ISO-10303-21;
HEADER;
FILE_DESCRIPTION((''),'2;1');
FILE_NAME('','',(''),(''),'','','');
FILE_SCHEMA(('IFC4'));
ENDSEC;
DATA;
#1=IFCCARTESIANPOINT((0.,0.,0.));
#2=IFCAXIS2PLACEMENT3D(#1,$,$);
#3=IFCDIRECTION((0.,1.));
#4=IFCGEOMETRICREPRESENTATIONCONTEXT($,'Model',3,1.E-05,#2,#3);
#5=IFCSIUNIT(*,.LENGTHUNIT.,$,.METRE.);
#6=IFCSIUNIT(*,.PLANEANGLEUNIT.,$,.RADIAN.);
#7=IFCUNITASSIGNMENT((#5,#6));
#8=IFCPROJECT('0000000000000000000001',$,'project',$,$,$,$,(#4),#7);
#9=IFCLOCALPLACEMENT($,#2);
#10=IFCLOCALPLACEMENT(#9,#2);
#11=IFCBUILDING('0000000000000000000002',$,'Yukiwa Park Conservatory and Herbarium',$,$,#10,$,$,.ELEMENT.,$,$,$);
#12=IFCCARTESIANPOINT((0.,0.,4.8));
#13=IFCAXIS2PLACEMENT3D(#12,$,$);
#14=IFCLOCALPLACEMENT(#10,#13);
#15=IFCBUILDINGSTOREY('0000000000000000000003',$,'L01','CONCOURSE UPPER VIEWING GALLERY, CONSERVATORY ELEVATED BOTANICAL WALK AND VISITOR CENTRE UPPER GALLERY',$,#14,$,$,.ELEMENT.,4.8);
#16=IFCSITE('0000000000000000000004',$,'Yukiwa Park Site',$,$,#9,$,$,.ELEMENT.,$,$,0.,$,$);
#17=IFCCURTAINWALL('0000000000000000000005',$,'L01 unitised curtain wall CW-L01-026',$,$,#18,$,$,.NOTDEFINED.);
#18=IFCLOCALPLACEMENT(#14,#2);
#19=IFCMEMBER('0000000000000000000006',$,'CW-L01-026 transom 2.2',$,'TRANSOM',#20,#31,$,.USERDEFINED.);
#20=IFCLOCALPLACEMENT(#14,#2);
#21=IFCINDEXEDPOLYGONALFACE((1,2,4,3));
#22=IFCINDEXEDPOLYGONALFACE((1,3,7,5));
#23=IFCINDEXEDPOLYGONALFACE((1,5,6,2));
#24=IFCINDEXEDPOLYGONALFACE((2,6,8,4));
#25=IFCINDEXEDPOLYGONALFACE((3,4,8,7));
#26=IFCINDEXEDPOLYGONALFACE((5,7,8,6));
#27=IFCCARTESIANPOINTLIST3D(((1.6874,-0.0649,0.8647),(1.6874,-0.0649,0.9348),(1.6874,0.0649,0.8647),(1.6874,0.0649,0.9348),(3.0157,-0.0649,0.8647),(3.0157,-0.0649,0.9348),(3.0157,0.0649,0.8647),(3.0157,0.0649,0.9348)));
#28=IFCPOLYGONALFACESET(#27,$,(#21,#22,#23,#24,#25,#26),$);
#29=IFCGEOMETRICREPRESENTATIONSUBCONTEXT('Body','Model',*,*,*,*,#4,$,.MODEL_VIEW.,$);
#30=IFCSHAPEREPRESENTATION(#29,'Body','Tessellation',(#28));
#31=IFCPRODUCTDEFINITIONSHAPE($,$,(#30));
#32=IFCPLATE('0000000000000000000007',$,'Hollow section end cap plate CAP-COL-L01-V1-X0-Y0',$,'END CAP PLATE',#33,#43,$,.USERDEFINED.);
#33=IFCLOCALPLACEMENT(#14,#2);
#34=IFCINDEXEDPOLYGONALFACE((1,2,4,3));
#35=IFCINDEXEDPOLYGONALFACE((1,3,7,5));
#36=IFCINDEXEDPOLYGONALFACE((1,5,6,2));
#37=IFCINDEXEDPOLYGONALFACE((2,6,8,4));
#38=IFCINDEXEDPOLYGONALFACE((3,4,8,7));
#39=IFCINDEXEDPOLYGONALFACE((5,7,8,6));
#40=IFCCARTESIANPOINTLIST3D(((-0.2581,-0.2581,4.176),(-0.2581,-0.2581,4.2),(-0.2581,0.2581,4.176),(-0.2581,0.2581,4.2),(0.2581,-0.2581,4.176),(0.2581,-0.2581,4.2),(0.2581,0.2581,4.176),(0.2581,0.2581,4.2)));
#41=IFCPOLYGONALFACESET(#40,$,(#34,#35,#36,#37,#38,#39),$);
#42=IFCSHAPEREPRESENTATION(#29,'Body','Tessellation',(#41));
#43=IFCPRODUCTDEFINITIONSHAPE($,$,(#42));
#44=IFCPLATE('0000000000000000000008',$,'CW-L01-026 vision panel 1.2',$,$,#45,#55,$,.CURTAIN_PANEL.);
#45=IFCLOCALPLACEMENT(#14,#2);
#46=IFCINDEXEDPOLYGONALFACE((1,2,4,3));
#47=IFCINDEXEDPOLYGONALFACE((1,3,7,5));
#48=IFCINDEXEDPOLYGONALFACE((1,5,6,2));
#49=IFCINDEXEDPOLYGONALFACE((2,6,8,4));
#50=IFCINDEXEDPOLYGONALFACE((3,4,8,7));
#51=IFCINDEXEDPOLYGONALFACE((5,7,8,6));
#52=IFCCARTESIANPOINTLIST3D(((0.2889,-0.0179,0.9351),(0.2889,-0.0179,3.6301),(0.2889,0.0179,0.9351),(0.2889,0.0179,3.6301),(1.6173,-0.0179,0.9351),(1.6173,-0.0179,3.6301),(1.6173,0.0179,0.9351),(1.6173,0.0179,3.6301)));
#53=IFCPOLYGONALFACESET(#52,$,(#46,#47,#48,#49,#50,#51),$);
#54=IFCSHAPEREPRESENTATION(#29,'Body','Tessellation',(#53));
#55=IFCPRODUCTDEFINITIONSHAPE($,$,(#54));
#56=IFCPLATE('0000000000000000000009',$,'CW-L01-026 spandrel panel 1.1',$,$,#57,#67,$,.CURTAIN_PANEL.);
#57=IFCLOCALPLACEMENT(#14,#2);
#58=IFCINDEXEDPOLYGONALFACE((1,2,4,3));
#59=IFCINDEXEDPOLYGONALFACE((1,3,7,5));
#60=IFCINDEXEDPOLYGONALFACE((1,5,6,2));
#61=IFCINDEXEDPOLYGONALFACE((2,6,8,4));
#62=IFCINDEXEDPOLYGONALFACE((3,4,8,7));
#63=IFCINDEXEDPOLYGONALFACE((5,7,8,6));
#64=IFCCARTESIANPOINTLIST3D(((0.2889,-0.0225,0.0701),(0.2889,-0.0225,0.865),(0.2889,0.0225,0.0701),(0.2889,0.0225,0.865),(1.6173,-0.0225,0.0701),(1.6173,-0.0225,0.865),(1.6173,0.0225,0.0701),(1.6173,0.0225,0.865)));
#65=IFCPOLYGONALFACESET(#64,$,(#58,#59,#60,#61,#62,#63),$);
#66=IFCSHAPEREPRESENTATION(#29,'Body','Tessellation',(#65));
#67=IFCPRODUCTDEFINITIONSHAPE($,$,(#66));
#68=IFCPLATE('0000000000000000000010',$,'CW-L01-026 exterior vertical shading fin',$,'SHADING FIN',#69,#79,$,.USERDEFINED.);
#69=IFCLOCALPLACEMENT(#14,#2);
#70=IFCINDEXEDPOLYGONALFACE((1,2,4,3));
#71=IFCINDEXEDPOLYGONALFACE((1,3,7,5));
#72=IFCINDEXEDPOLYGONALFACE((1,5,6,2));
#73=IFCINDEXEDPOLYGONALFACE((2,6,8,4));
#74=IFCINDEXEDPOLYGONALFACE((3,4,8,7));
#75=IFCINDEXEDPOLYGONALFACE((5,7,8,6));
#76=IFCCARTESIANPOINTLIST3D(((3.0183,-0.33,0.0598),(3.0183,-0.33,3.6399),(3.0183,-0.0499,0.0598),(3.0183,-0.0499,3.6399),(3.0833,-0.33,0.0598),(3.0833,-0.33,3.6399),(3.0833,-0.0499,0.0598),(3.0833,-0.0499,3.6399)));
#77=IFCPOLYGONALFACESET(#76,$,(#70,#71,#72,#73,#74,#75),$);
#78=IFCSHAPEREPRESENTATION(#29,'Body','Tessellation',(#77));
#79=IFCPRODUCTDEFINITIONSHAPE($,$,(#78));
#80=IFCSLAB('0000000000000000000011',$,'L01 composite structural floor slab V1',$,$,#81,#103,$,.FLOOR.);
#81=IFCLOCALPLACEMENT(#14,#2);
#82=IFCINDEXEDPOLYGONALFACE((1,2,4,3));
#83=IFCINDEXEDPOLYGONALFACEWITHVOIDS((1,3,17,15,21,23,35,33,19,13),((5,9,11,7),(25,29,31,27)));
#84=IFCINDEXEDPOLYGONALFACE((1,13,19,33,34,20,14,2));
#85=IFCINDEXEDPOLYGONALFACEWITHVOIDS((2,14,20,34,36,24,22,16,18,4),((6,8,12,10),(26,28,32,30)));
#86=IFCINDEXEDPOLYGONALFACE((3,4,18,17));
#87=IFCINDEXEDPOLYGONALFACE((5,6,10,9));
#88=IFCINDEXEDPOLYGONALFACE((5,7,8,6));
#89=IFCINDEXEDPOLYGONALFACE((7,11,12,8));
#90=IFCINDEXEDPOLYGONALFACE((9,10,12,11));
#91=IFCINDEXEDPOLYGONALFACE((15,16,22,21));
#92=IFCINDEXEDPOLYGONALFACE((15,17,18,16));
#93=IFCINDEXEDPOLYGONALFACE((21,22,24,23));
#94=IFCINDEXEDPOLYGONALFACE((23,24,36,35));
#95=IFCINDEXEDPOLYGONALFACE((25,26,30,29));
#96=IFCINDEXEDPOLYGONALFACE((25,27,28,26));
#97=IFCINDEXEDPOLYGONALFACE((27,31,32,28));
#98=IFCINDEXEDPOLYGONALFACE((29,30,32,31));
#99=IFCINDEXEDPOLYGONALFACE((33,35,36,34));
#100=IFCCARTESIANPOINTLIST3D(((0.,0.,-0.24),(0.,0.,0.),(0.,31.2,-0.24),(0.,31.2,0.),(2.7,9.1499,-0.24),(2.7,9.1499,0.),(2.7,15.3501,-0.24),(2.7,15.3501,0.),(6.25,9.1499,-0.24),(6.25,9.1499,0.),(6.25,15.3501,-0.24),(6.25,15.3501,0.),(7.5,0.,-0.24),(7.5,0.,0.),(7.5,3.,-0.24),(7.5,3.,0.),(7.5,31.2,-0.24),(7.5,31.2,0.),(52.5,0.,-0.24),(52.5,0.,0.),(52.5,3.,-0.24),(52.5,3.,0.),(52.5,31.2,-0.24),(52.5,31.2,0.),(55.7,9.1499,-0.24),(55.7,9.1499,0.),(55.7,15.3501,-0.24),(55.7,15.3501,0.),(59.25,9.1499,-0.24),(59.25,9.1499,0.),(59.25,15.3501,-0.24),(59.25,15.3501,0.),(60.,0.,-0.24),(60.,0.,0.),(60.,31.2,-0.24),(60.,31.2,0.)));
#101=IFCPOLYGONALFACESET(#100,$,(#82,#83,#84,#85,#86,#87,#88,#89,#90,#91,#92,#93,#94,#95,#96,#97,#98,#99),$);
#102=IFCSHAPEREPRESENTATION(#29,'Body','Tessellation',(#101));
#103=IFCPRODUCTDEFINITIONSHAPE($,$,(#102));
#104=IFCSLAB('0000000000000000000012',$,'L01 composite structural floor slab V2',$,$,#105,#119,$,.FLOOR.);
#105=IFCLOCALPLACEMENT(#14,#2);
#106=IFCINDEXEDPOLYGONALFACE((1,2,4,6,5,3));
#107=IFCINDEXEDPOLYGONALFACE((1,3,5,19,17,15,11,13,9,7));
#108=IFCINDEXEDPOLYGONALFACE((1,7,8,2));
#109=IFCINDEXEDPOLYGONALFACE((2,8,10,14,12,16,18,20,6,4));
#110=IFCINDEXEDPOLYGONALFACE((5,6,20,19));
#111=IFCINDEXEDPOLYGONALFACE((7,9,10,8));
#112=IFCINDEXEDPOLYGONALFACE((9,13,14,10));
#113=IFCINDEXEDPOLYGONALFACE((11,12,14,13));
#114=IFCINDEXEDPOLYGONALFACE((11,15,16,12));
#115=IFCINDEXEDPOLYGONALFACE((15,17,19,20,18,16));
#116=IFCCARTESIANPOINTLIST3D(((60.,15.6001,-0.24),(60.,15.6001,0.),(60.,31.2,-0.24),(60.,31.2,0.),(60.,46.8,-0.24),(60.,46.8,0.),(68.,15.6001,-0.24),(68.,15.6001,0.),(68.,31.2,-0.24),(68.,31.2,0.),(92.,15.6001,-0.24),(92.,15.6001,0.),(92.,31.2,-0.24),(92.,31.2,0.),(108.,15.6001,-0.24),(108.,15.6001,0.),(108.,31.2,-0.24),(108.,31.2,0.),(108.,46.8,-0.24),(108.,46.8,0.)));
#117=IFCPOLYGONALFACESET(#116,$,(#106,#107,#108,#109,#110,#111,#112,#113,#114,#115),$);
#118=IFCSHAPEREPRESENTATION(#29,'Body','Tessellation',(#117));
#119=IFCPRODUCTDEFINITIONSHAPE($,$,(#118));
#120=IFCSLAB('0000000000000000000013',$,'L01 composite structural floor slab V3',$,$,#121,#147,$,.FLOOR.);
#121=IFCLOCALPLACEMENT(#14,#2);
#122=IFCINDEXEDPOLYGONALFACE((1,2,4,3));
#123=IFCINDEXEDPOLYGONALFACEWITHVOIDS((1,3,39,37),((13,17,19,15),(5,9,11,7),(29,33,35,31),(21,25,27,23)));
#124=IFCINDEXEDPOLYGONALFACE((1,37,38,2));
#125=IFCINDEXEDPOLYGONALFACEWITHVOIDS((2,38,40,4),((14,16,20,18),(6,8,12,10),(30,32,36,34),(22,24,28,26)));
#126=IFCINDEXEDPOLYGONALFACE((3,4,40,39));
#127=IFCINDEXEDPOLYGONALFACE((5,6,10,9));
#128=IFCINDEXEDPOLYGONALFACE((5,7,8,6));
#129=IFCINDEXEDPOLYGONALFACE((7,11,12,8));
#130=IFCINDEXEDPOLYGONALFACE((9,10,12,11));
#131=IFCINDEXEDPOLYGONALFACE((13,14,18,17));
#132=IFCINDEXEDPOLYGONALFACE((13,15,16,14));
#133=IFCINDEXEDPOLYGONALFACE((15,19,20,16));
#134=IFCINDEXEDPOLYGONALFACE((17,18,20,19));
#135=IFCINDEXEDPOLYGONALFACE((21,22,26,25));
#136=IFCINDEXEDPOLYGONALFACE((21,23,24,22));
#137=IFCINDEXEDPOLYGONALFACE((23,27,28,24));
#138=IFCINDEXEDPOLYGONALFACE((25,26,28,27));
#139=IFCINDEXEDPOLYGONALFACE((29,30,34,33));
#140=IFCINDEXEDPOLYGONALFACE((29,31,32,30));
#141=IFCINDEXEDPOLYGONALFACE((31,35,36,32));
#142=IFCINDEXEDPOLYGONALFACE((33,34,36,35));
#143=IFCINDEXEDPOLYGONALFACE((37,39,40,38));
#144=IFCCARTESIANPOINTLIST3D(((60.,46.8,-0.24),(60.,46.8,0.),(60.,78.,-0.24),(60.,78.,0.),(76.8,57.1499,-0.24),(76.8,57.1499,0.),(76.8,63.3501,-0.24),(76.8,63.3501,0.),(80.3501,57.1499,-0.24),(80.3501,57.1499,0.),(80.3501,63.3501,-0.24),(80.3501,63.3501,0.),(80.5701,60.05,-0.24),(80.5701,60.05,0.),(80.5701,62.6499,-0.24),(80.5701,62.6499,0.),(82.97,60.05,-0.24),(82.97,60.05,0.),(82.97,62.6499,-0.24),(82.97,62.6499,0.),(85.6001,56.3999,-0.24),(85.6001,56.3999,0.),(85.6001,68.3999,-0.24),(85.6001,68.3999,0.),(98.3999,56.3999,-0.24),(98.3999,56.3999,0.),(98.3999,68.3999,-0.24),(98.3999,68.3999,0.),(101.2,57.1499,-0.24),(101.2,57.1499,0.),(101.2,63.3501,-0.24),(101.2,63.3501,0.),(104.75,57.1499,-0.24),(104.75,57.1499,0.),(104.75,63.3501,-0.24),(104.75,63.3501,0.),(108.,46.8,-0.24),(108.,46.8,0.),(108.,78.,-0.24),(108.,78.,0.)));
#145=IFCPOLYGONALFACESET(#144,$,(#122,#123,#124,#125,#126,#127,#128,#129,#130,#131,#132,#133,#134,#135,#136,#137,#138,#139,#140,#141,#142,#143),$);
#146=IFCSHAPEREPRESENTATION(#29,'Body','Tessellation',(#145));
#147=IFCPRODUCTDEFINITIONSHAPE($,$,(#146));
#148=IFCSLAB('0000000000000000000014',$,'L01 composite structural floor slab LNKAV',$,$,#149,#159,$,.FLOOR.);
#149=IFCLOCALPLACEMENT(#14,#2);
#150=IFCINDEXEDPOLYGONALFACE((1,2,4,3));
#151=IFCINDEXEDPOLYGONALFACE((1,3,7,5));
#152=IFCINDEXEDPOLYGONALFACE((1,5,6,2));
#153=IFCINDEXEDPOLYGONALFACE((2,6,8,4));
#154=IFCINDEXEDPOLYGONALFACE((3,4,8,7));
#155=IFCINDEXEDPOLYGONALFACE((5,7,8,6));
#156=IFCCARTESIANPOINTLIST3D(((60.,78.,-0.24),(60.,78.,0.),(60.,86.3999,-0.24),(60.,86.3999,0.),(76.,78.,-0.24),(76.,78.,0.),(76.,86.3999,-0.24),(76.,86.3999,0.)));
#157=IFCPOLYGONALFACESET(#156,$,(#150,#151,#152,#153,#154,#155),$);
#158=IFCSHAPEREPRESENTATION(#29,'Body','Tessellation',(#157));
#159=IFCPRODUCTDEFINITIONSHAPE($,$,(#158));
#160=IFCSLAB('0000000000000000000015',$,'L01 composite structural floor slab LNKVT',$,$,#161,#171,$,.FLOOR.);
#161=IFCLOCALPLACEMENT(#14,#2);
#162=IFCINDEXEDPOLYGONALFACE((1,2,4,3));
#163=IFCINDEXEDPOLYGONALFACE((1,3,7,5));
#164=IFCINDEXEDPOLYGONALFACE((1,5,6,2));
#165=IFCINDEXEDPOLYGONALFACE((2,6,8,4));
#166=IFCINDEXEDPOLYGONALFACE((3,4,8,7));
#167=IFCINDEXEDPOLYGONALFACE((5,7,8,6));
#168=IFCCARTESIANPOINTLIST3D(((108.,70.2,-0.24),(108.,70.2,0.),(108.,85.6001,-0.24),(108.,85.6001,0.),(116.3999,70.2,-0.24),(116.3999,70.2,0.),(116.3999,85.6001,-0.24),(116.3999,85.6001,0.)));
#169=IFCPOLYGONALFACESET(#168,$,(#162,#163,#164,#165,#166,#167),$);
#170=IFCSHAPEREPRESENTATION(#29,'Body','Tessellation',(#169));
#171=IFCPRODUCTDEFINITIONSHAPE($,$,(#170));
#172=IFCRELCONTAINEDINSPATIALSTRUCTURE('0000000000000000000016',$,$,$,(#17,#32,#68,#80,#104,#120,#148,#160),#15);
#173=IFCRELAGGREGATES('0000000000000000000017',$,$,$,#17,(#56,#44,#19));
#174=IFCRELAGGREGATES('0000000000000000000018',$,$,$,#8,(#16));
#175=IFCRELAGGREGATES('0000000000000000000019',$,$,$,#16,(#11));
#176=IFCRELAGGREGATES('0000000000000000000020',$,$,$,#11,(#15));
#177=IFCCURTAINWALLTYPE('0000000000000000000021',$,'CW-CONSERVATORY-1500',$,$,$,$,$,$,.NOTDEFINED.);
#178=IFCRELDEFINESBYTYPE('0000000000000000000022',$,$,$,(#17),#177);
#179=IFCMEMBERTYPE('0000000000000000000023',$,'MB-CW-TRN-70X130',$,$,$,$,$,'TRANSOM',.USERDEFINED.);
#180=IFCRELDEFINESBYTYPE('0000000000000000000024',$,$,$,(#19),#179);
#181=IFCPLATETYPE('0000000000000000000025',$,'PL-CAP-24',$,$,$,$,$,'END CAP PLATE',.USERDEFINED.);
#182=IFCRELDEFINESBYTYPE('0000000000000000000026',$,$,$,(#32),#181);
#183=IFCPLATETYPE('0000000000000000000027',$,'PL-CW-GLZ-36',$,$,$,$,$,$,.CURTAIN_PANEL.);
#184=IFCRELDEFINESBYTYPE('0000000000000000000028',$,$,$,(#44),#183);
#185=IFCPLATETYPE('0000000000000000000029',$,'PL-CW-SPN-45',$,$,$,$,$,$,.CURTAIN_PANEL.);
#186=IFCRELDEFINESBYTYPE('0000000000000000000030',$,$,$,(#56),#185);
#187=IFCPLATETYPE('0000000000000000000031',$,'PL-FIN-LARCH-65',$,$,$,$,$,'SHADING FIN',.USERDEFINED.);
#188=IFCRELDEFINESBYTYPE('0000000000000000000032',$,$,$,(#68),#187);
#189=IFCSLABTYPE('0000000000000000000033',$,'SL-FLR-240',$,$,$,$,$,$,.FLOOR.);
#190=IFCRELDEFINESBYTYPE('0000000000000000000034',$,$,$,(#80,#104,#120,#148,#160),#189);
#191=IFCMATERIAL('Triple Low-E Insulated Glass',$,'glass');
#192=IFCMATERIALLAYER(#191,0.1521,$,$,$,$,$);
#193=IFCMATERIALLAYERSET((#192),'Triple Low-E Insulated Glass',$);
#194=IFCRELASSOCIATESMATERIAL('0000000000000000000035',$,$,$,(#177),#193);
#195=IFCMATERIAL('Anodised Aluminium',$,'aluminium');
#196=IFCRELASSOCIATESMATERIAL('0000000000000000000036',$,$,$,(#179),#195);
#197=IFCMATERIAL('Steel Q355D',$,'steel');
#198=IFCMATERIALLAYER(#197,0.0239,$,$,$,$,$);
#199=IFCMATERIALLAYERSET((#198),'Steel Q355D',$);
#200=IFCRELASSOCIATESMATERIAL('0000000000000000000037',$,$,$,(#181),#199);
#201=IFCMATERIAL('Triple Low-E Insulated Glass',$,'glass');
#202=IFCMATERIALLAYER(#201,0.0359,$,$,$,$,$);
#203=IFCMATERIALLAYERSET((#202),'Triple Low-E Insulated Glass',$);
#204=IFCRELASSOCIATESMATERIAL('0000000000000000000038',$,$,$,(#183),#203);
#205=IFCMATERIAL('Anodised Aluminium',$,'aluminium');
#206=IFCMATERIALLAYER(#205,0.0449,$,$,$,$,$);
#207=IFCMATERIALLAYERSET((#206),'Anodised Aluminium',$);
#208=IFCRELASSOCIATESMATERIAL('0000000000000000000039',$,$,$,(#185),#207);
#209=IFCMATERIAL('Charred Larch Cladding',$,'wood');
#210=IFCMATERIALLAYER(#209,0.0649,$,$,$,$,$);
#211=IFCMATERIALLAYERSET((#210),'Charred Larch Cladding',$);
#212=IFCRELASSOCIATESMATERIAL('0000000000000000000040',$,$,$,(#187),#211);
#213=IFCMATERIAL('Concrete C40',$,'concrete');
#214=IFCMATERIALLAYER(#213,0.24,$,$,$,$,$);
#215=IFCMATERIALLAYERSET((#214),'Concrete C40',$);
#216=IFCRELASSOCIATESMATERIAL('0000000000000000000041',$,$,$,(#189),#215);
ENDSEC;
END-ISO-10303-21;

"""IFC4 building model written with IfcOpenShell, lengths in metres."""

from ifc_helpers import new_model, si_unit, direction, frame, origin, origin_2d, place, context, subcontext, project, spatial, polyline, rectangle, outline, extrude, material, layer, layer_set, type_object, element, aggregate, save


model = new_model("IFC4")

# Units and contexts
model_context = context("Model", 3, precision=1e-05, world=origin(), true_north=direction((0.0, 1.0)))
body_context = subcontext(model_context, "Body", "Model", "MODEL_VIEW")
ifc_project = project(units=[si_unit("LENGTHUNIT", "METRE"), si_unit("PLANEANGLEUNIT", "RADIAN")], contexts=[model_context])

# Site, building, storey
site_placement = place(None, origin())
site = spatial("IfcSite", under=ifc_project, at=site_placement, Name="Yukiwa Park Site", CompositionType="ELEMENT", RefElevation=0.0)
building_placement = place(site_placement, origin())
building = spatial("IfcBuilding", under=site, at=building_placement, Name="Yukiwa Park Conservatory and Herbarium", CompositionType="ELEMENT")
storey_placement = place(building_placement, frame((0.0, 0.0, 4.8)))
storey = spatial("IfcBuildingStorey", under=building, at=storey_placement, Name="L01", Description="CONCOURSE UPPER VIEWING GALLERY, CONSERVATORY ELEVATED BOTANICAL WALK AND VISITOR CENTRE UPPER GALLERY", CompositionType="ELEMENT", Elevation=4.8)

# Curtain wall, member
ifc_material_1 = material(Name="Triple Low-E Insulated Glass", Category="glass")
ifc_layer_1 = layer(ifc_material_1, 0.1521)
ifc_layer_set_1 = layer_set([ifc_layer_1], Name="Triple Low-E Insulated Glass")
curtain_wall_type = type_object("IfcCurtainWallType", Name="CW-CONSERVATORY-1500", PredefinedType="NOTDEFINED", material=ifc_layer_set_1)
curtain_wall_placement = place(storey_placement, origin())
curtain_wall = element("IfcCurtainWall", 1, at=curtain_wall_placement, inside=storey, type_object=curtain_wall_type, Name="L01 unitised curtain wall CW-L01-026", PredefinedType="NOTDEFINED")
ifc_material_2 = material(Name="Anodised Aluminium", Category="aluminium")
member_type_1 = type_object("IfcMemberType", Name="MB-CW-TRN-70X130", ElementType="TRANSOM", PredefinedType="USERDEFINED", material=ifc_material_2)
member_1_placement = place(storey_placement, frame((2.3516, 0.0, 0.8647), z_axis=(0.0, 0.0, 1.0), x_axis=(1.0, 0.0, 0.0)))
member_1 = element("IfcMember", 2, at=member_1_placement, type_object=member_type_1, Name="CW-L01-026 transom 2.2", ObjectType="TRANSOM", PredefinedType="USERDEFINED", context=body_context, shape_type="SweptSolid", body=[
    extrude(rectangle(XDim=1.3284, YDim=0.1299, at=origin_2d()), origin(), (0.0, 0.0, 1.0), 0.0701),
])

# Plates
ifc_material_3 = material(Name="Steel Q355D", Category="steel")
ifc_layer_2 = layer(ifc_material_3, 0.0239)
ifc_layer_set_2 = layer_set([ifc_layer_2], Name="Steel Q355D")
plate_type_1 = type_object("IfcPlateType", Name="PL-CAP-24", ElementType="END CAP PLATE", PredefinedType="USERDEFINED", material=ifc_layer_set_2)
plate_1_placement = place(storey_placement, frame((0.0, 0.0, 4.176), z_axis=(0.0, 0.0, 1.0), x_axis=(1.0, 0.0, 0.0)))
element("IfcPlate", 3, at=plate_1_placement, inside=storey, type_object=plate_type_1, Name="Hollow section end cap plate CAP-COL-L01-V1-X0-Y0", ObjectType="END CAP PLATE", PredefinedType="USERDEFINED", context=body_context, shape_type="SweptSolid", body=[
    extrude(rectangle(XDim=0.5161, YDim=0.5161, at=origin_2d()), origin(), (0.0, 0.0, 1.0), 0.0239),
])
ifc_material_4 = material(Name="Triple Low-E Insulated Glass", Category="glass")
ifc_layer_3 = layer(ifc_material_4, 0.0359)
ifc_layer_set_3 = layer_set([ifc_layer_3], Name="Triple Low-E Insulated Glass")
plate_type_2 = type_object("IfcPlateType", Name="PL-CW-GLZ-36", PredefinedType="CURTAIN_PANEL", material=ifc_layer_set_3)
plate_2_placement = place(storey_placement, frame((0.9531, 0.0, 0.9351), z_axis=(0.0, 0.0, 1.0), x_axis=(1.0, 0.0, 0.0)))
plate_2 = element("IfcPlate", 4, at=plate_2_placement, type_object=plate_type_2, Name="CW-L01-026 vision panel 1.2", PredefinedType="CURTAIN_PANEL", context=body_context, shape_type="SweptSolid", body=[
    extrude(rectangle(XDim=1.3284, YDim=0.0359, at=origin_2d()), origin(), (0.0, 0.0, 1.0), 2.6951),
])
ifc_material_5 = material(Name="Anodised Aluminium", Category="aluminium")
ifc_layer_4 = layer(ifc_material_5, 0.0449)
ifc_layer_set_4 = layer_set([ifc_layer_4], Name="Anodised Aluminium")
plate_type_3 = type_object("IfcPlateType", Name="PL-CW-SPN-45", PredefinedType="CURTAIN_PANEL", material=ifc_layer_set_4)
plate_3_placement = place(storey_placement, frame((0.9531, 0.0, 0.0701), z_axis=(0.0, 0.0, 1.0), x_axis=(1.0, 0.0, 0.0)))
plate_3 = element("IfcPlate", 5, at=plate_3_placement, type_object=plate_type_3, Name="CW-L01-026 spandrel panel 1.1", PredefinedType="CURTAIN_PANEL", context=body_context, shape_type="SweptSolid", body=[
    extrude(rectangle(XDim=1.3284, YDim=0.0449, at=origin_2d()), origin(), (0.0, 0.0, 1.0), 0.7949),
])
aggregate(curtain_wall, [plate_3, plate_2, member_1])
ifc_material_6 = material(Name="Charred Larch Cladding", Category="wood")
ifc_layer_5 = layer(ifc_material_6, 0.0649)
ifc_layer_set_5 = layer_set([ifc_layer_5], Name="Charred Larch Cladding")
plate_type_4 = type_object("IfcPlateType", Name="PL-FIN-LARCH-65", ElementType="SHADING FIN", PredefinedType="USERDEFINED", material=ifc_layer_set_5)
plate_4_placement = place(storey_placement, frame((3.0508, -0.1899, 0.0598), z_axis=(0.0, 0.0, 1.0), x_axis=(1.0, 0.0, 0.0)))
element("IfcPlate", 6, at=plate_4_placement, inside=storey, type_object=plate_type_4, Name="CW-L01-026 exterior vertical shading fin", ObjectType="SHADING FIN", PredefinedType="USERDEFINED", context=body_context, shape_type="SweptSolid", body=[
    extrude(rectangle(XDim=0.0649, YDim=0.28, at=origin_2d()), origin(), (0.0, 0.0, 1.0), 3.5801),
])

# Slabs
ifc_material_7 = material(Name="Concrete C40", Category="concrete")
ifc_layer_6 = layer(ifc_material_7, 0.24)
ifc_layer_set_6 = layer_set([ifc_layer_6], Name="Concrete C40")
slab_type_1 = type_object("IfcSlabType", Name="SL-FLR-240", PredefinedType="FLOOR", material=ifc_layer_set_6)
slab_1_placement = place(storey_placement, frame((0.0, 0.0, -0.24)))
element("IfcSlab", 7, at=slab_1_placement, inside=storey, type_object=slab_type_1, Name="L01 composite structural floor slab V1", PredefinedType="FLOOR", context=body_context, shape_type="SweptSolid", body=[
    extrude(outline(polyline([(52.5, 31.2), (60.0, 31.2), (60.0, 0.0), (52.5, 0.0), (7.5, 0.0), (0.0, 0.0), (0.0, 31.2), (7.5, 31.2), (7.5, 3.0), (52.5, 3.0), (52.5, 31.2)]), holes=[polyline([(6.25, 15.3501), (2.7, 15.3501), (2.7, 9.1499), (6.25, 9.1499), (6.25, 15.3501)]), polyline([(59.25, 15.3501), (55.7, 15.3501), (55.7, 9.1499), (59.25, 9.1499), (59.25, 15.3501)])]), origin(), (0.0, 0.0, 1.0), 0.24),
])
slab_2_placement = place(storey_placement, frame((0.0, 0.0, -0.24)))
element("IfcSlab", 8, at=slab_2_placement, inside=storey, type_object=slab_type_1, Name="L01 composite structural floor slab V2", PredefinedType="FLOOR", context=body_context, shape_type="SweptSolid", body=[
    extrude(outline(polyline([(60.0, 15.6001), (60.0, 31.2), (60.0, 46.8), (108.0, 46.8), (108.0, 31.2), (108.0, 15.6001), (92.0, 15.6001), (92.0, 31.2), (68.0, 31.2), (68.0, 15.6001), (60.0, 15.6001)])), origin(), (0.0, 0.0, 1.0), 0.24),
])
slab_3_placement = place(storey_placement, frame((0.0, 0.0, -0.24)))
element("IfcSlab", 9, at=slab_3_placement, inside=storey, type_object=slab_type_1, Name="L01 composite structural floor slab V3", PredefinedType="FLOOR", context=body_context, shape_type="SweptSolid", body=[
    extrude(outline(polyline([(60.0, 78.0), (108.0, 78.0), (108.0, 46.8), (60.0, 46.8), (60.0, 78.0)]), holes=[polyline([(85.6001, 68.3999), (85.6001, 56.3999), (98.3999, 56.3999), (98.3999, 68.3999), (85.6001, 68.3999)]), polyline([(80.3501, 63.3501), (76.8, 63.3501), (76.8, 57.1499), (80.3501, 57.1499), (80.3501, 63.3501)]), polyline([(104.75, 63.3501), (101.2, 63.3501), (101.2, 57.1499), (104.75, 57.1499), (104.75, 63.3501)]), polyline([(82.97, 62.6499), (80.5701, 62.6499), (80.5701, 60.05), (82.97, 60.05), (82.97, 62.6499)])]), origin(), (0.0, 0.0, 1.0), 0.24),
])
slab_4_placement = place(storey_placement, frame((0.0, 0.0, -0.24)))
element("IfcSlab", 10, at=slab_4_placement, inside=storey, type_object=slab_type_1, Name="L01 composite structural floor slab LNKAV", PredefinedType="FLOOR", context=body_context, shape_type="SweptSolid", body=[
    extrude(outline(polyline([(60.0, 78.0), (60.0, 86.3999), (76.0, 86.3999), (76.0, 78.0), (60.0, 78.0)])), origin(), (0.0, 0.0, 1.0), 0.24),
])
slab_5_placement = place(storey_placement, frame((0.0, 0.0, -0.24)))
element("IfcSlab", 11, at=slab_5_placement, inside=storey, type_object=slab_type_1, Name="L01 composite structural floor slab LNKVT", PredefinedType="FLOOR", context=body_context, shape_type="SweptSolid", body=[
    extrude(outline(polyline([(108.0, 70.2), (108.0, 85.6001), (116.3999, 85.6001), (116.3999, 70.2), (108.0, 70.2)])), origin(), (0.0, 0.0, 1.0), 0.24),
])

save(model, "model.ifc")
